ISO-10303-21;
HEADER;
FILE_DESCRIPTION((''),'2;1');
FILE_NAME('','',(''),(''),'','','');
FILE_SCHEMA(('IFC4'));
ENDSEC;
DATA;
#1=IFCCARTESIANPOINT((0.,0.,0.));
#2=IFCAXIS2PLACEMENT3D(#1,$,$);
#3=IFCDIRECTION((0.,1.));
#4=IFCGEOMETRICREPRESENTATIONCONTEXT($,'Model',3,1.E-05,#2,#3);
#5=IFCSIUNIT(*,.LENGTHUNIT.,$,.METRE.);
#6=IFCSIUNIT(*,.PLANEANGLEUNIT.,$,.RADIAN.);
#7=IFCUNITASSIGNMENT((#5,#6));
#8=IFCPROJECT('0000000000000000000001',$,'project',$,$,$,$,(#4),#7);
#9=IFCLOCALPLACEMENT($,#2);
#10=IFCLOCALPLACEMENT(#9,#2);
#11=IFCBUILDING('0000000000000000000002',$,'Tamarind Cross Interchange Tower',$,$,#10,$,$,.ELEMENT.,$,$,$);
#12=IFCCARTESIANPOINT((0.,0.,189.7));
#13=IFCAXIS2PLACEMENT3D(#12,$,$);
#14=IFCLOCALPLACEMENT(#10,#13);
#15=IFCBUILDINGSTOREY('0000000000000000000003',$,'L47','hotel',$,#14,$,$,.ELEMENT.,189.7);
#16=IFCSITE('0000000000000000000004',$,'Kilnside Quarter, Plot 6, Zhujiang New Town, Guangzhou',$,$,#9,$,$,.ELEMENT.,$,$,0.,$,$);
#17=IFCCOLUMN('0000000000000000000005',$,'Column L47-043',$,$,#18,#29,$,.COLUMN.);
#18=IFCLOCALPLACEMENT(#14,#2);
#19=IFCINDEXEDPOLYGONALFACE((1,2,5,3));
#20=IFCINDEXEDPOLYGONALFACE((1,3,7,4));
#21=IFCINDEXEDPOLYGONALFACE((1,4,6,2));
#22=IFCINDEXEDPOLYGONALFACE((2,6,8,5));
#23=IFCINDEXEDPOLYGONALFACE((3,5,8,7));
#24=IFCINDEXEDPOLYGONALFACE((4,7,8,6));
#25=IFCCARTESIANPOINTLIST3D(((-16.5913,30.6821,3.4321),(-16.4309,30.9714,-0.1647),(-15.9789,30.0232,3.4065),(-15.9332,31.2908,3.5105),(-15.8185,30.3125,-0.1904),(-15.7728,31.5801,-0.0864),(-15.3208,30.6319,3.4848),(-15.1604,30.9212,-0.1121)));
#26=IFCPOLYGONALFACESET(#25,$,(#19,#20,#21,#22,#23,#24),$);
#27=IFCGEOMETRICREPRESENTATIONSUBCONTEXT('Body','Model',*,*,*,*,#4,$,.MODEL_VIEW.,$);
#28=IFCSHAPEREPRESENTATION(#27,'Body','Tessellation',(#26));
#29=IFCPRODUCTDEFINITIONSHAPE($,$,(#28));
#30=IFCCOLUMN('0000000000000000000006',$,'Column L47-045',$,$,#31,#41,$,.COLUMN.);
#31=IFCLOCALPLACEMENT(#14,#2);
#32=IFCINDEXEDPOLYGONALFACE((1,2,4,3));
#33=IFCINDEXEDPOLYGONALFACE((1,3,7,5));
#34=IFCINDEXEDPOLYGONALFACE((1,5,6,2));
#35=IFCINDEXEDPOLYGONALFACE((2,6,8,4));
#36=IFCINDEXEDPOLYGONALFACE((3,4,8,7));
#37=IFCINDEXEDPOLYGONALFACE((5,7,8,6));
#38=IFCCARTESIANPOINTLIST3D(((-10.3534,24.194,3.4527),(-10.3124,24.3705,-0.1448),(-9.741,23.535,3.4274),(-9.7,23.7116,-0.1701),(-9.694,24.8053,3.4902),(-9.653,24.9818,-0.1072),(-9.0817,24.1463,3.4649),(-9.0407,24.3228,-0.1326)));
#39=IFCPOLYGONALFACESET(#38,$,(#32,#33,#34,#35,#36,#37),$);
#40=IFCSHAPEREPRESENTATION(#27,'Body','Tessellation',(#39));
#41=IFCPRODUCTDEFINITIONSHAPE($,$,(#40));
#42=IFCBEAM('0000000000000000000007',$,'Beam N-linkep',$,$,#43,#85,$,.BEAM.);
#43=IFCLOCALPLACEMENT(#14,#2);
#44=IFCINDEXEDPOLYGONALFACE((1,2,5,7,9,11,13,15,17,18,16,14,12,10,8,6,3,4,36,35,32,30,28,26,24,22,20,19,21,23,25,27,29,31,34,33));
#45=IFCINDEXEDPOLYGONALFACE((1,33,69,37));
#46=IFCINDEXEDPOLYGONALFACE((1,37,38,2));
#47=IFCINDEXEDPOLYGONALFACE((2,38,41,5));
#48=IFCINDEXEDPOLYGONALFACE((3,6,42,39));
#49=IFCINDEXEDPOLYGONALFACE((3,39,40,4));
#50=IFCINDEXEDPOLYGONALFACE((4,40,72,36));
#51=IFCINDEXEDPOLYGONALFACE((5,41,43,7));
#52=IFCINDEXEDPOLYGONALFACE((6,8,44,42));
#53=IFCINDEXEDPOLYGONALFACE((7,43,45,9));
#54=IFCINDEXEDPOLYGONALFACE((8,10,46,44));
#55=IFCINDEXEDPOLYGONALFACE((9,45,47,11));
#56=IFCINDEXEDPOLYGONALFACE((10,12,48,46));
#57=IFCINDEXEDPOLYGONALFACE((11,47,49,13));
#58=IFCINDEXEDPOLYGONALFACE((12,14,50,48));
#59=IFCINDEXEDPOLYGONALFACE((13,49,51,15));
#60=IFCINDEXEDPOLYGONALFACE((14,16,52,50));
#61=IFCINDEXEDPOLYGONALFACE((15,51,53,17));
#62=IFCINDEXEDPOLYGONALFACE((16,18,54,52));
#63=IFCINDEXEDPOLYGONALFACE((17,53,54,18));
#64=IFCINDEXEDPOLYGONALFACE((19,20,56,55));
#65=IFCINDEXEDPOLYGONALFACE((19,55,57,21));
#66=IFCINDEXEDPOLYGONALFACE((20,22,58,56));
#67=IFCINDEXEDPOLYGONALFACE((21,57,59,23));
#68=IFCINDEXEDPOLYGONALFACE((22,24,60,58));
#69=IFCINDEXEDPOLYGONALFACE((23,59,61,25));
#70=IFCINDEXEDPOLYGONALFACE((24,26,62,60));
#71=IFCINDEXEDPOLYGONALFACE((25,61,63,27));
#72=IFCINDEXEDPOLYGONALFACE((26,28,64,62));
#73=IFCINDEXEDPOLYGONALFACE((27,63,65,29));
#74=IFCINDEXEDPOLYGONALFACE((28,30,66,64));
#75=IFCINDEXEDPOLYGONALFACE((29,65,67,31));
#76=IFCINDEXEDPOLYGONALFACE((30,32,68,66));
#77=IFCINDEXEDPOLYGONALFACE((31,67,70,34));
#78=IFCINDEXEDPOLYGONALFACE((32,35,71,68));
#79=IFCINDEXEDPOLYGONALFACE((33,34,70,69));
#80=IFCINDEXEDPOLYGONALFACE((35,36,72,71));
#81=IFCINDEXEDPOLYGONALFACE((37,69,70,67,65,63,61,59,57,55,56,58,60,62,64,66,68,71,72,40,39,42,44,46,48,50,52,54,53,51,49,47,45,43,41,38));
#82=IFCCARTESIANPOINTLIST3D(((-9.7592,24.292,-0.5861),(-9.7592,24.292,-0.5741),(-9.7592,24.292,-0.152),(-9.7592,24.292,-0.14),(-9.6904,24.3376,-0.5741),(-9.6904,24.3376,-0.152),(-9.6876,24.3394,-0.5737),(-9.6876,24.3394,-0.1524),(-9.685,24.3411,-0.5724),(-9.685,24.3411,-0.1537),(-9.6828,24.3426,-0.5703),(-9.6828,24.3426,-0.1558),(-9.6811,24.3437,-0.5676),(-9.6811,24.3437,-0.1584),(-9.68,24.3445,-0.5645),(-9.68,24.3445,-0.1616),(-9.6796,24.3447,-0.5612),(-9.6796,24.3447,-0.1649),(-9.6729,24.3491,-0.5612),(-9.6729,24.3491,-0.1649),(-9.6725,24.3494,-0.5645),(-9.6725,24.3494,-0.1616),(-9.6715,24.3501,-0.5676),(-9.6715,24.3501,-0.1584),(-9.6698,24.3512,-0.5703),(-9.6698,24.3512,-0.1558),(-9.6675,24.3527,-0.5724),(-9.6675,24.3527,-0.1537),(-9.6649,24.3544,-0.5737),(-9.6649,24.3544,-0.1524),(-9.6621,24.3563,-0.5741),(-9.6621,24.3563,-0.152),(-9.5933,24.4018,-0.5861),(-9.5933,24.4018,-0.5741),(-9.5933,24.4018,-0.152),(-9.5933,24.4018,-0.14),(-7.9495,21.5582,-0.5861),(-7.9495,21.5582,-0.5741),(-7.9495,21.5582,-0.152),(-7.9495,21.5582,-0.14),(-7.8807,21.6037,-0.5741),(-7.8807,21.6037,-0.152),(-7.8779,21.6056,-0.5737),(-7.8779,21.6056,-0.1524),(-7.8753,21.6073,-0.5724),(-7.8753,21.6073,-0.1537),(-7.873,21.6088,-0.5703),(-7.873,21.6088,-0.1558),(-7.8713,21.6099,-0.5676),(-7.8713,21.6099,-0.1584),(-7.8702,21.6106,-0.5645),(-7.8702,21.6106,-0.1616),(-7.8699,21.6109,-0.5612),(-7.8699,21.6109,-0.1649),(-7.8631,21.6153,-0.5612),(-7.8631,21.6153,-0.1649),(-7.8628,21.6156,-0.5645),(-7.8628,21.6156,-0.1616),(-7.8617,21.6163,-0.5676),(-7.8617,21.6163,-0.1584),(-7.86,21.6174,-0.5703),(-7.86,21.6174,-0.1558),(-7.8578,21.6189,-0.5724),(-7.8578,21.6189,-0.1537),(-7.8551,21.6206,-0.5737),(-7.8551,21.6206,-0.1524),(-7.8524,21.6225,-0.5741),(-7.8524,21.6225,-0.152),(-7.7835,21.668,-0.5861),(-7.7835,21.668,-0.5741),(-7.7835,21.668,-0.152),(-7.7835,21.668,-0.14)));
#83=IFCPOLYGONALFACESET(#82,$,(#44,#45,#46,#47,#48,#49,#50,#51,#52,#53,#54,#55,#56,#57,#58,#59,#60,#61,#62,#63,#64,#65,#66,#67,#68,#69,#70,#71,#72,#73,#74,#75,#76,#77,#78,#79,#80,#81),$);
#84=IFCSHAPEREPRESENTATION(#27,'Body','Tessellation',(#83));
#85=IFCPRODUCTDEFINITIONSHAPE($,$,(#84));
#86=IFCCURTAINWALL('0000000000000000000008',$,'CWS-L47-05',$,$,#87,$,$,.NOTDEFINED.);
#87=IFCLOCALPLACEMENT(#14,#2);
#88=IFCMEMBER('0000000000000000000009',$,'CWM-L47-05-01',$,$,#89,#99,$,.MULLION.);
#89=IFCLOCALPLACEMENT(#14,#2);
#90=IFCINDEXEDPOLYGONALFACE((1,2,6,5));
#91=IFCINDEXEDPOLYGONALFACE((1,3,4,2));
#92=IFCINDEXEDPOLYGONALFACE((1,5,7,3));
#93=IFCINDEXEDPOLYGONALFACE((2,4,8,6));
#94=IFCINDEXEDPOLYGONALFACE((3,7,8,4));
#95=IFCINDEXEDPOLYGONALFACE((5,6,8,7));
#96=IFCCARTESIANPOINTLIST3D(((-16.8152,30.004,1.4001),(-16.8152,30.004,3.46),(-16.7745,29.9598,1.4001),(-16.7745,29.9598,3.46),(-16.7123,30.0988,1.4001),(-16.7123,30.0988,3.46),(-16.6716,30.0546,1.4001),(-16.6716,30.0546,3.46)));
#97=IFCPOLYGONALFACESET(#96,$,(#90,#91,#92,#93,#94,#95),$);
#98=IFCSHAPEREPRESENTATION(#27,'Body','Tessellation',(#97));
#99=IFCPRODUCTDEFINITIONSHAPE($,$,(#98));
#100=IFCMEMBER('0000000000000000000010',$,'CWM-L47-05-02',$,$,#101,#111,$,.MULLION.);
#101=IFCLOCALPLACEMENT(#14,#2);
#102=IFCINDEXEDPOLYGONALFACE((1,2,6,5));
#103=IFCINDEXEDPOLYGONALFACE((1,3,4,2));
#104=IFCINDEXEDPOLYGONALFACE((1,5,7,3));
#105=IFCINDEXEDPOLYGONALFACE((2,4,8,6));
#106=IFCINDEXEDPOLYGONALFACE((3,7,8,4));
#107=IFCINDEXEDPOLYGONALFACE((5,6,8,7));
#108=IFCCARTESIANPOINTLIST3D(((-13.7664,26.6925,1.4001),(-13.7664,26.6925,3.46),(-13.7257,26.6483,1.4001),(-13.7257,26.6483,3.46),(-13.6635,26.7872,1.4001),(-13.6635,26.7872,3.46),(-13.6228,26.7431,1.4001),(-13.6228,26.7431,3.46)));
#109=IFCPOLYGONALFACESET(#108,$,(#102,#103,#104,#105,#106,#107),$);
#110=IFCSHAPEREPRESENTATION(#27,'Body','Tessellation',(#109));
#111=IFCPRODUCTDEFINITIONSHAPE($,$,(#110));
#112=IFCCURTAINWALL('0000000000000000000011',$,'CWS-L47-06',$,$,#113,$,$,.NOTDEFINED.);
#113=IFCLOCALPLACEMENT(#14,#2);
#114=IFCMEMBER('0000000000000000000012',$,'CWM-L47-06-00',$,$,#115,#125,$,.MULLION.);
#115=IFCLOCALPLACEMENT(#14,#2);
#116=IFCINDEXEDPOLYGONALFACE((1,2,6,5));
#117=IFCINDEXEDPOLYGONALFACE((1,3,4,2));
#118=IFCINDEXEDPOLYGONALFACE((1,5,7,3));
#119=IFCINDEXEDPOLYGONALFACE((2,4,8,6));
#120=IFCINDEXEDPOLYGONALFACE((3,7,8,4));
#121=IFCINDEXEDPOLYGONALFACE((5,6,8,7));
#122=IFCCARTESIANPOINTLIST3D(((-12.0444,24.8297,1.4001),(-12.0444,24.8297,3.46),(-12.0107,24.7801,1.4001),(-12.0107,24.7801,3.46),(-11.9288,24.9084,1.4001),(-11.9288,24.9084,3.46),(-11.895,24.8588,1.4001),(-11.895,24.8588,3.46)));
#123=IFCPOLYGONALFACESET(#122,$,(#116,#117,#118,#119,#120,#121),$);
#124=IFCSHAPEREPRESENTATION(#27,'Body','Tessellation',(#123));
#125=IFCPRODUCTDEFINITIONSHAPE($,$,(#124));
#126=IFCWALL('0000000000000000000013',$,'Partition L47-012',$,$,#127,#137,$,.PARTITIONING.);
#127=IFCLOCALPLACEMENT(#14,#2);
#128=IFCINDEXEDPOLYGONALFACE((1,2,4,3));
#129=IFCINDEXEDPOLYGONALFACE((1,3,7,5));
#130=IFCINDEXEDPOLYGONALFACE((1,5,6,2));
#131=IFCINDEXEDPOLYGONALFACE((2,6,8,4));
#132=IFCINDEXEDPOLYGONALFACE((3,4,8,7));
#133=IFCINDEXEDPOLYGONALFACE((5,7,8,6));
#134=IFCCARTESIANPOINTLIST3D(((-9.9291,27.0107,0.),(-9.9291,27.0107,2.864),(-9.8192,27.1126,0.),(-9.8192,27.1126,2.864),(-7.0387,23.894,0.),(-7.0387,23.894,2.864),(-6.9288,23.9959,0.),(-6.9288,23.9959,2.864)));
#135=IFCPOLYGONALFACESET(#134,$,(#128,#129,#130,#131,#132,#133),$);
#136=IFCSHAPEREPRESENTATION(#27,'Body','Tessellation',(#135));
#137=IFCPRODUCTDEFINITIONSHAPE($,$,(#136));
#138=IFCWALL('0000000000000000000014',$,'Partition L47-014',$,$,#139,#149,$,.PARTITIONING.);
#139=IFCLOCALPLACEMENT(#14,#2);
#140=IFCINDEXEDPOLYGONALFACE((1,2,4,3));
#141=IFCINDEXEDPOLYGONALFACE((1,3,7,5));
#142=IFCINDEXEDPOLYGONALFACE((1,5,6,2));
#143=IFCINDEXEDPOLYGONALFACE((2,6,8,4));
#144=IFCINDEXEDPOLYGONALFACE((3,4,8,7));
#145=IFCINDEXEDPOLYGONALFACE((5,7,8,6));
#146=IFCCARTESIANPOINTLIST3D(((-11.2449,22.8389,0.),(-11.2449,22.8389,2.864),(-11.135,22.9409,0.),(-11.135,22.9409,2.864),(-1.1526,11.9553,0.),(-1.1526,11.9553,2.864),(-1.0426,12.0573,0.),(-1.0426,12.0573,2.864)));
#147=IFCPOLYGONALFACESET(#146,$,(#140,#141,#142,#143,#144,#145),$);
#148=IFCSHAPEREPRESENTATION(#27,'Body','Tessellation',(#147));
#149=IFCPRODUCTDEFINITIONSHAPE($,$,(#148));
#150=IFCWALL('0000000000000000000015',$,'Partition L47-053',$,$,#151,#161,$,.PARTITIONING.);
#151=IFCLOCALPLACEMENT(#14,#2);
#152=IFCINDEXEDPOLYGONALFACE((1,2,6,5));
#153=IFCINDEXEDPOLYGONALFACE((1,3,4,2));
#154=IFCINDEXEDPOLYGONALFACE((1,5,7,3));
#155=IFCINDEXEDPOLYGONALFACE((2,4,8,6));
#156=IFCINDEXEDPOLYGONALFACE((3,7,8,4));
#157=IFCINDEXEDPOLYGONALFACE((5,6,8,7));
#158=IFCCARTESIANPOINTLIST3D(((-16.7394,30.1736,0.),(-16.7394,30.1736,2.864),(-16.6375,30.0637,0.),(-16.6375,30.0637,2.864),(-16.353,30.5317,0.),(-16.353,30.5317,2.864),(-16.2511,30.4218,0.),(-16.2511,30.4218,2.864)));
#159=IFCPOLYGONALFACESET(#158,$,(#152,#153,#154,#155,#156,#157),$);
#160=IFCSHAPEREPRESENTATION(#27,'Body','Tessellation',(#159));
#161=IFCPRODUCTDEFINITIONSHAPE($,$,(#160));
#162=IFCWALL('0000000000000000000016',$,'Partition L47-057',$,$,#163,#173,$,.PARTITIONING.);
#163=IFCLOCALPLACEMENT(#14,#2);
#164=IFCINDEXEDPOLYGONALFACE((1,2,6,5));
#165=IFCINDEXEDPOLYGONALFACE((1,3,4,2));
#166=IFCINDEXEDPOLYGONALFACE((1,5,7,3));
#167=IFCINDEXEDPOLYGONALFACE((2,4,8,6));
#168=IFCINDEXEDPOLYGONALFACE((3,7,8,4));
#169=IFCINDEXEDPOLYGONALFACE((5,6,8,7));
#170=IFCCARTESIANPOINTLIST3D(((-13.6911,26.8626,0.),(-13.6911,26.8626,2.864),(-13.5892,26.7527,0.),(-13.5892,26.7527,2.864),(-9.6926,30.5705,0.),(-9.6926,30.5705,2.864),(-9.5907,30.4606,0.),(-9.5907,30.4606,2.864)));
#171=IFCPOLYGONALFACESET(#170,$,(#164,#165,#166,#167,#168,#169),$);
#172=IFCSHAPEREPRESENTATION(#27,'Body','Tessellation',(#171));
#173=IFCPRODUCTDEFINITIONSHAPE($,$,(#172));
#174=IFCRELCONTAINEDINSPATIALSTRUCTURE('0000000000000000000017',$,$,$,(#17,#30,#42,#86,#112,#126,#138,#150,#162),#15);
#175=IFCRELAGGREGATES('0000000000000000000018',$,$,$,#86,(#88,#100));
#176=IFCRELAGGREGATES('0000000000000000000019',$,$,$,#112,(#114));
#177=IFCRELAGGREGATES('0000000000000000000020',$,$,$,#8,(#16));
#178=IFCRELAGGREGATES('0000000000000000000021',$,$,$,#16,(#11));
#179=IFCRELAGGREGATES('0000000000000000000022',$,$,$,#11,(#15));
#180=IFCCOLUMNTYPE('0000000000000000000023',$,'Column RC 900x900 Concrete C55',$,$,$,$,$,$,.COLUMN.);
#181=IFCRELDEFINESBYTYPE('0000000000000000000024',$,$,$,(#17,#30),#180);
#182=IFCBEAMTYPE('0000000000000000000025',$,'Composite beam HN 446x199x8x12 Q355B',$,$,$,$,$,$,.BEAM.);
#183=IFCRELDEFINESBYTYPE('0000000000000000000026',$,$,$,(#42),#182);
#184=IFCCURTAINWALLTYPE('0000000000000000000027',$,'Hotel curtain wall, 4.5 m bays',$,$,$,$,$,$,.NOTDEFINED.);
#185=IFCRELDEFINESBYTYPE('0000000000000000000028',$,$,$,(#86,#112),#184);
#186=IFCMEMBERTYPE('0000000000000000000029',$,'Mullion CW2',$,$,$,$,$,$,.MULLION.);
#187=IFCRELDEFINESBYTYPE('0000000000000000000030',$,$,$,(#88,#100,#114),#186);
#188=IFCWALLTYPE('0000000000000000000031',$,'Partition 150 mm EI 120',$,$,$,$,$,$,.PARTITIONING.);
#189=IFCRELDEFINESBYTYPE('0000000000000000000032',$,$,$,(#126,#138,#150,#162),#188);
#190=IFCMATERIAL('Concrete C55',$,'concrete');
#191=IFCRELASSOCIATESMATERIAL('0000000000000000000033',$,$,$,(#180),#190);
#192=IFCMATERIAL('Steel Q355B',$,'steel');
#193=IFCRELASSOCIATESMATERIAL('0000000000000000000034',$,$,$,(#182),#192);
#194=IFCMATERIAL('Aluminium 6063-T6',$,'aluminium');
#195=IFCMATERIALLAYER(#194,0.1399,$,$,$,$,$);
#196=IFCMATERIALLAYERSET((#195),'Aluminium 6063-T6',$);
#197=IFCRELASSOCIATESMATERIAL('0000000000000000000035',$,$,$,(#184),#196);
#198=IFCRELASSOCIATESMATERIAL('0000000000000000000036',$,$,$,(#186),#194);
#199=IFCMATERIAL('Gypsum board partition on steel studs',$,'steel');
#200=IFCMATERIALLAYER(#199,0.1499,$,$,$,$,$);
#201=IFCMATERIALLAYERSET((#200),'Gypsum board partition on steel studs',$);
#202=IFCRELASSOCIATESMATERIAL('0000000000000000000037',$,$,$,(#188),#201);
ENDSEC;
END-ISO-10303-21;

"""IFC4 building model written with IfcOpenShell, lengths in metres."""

from ifc_helpers import new_model, si_unit, direction, frame, frame_2d, origin, origin_2d, place, context, subcontext, project, spatial, rectangle, i_section, extrude, material, layer, layer_set, material_profile, profile_set, type_object, element, aggregate, save


model = new_model("IFC4")

# Units and contexts
model_context = context("Model", 3, precision=1e-05, world=origin(), true_north=direction((0.0, 1.0)))
body_context = subcontext(model_context, "Body", "Model", "MODEL_VIEW")
ifc_project = project(units=[si_unit("LENGTHUNIT", "METRE"), si_unit("PLANEANGLEUNIT", "RADIAN")], contexts=[model_context])

# Site, building, storey
site_placement = place(None, origin())
site = spatial("IfcSite", under=ifc_project, at=site_placement, Name="Kilnside Quarter, Plot 6, Zhujiang New Town, Guangzhou", CompositionType="ELEMENT", RefElevation=0.0)
building_placement = place(site_placement, origin())
building = spatial("IfcBuilding", under=site, at=building_placement, Name="Tamarind Cross Interchange Tower", CompositionType="ELEMENT")
storey_placement = place(building_placement, frame((0.0, 0.0, 189.7)))
storey = spatial("IfcBuildingStorey", under=building, at=storey_placement, Name="L47", Description="hotel", CompositionType="ELEMENT", Elevation=189.7)

# Columns
ifc_material_1 = material(Name="Concrete C55", Category="concrete")
ifc_material_profile_1 = material_profile(ifc_material_1, rectangle(XDim=0.8999, YDim=0.8999, at=origin_2d()), Name="RC 900x900")
ifc_profile_set_1 = profile_set([ifc_material_profile_1], Name="Concrete C55")
column_type = type_object("IfcColumnType", Name="Column RC 900x900 Concrete C55", PredefinedType="COLUMN", material=ifc_profile_set_1)
column_1_placement = place(storey_placement, frame((-15.7957, 30.9463, -0.1384), z_axis=(-0.044406, -0.080094, 0.995798), x_axis=(0.731369, 0.676408, 0.087019)))
element("IfcColumn", 1, at=column_1_placement, inside=storey, type_object=column_type, Name="Column L47-043", PredefinedType="COLUMN", context=body_context, shape_type="SweptSolid", body=[
    extrude(rectangle(XDim=0.8999, YDim=0.8999, at=origin_2d()), origin(), (0.0, 0.0, 1.0), 3.6121),
])
column_2_placement = place(storey_placement, frame((-9.6765, 24.3467, -0.1387), z_axis=(-0.011387, -0.049005, 0.998734), x_axis=(0.732712, 0.679261, 0.041683)))
element("IfcColumn", 2, at=column_2_placement, inside=storey, type_object=column_type, Name="Column L47-045", PredefinedType="COLUMN", context=body_context, shape_type="SweptSolid", body=[
    extrude(rectangle(XDim=0.8999, YDim=0.8999, at=origin_2d()), origin(), (0.0, 0.0, 1.0), 3.6021),
])

# Beam
ifc_material_2 = material(Name="Steel Q355B", Category="steel")
ifc_material_profile_2 = material_profile(ifc_material_2, i_section(OverallWidth=0.199, OverallDepth=0.446, WebThickness=0.0081, FlangeThickness=0.012, FilletRadius=0.0129, at=origin_2d()), Name="HN 446x199x8x12")
ifc_profile_set_2 = profile_set([ifc_material_profile_2], Name="Steel Q355B")
beam_type = type_object("IfcBeamType", Name="Composite beam HN 446x199x8x12 Q355B", PredefinedType="BEAM", material=ifc_profile_set_2)
beam_placement = place(storey_placement, frame((-9.6763, 24.3469, -0.363), z_axis=(0.551999, -0.833845, 0.0), x_axis=(0.833845, 0.551999, 0.0)))
element("IfcBeam", 3, at=beam_placement, inside=storey, type_object=beam_type, Name="Beam N-linkep", PredefinedType="BEAM", context=body_context, shape_type="SweptSolid", body=[
    extrude(i_section(OverallWidth=0.199, OverallDepth=0.446, WebThickness=0.0081, FlangeThickness=0.012, FilletRadius=0.0129, at=origin_2d()), origin(), (0.0, 0.0, 1.0), 3.2786),
])

# Curtain wall, members
ifc_material_3 = material(Name="Aluminium 6063-T6", Category="aluminium")
ifc_layer_1 = layer(ifc_material_3, 0.1399)
ifc_layer_set_1 = layer_set([ifc_layer_1], Name="Aluminium 6063-T6")
curtain_wall_type = type_object("IfcCurtainWallType", Name="Hotel curtain wall, 4.5 m bays", PredefinedType="NOTDEFINED", material=ifc_layer_set_1)
curtain_wall_1_placement = place(storey_placement, origin())
curtain_wall_1 = element("IfcCurtainWall", 4, at=curtain_wall_1_placement, inside=storey, type_object=curtain_wall_type, Name="CWS-L47-05", PredefinedType="NOTDEFINED")
ifc_material_profile_3 = material_profile(ifc_material_3, rectangle(XDim=0.0601, YDim=0.1399, at=origin_2d()), Name="Mullion CW2")
ifc_profile_set_3 = profile_set([ifc_material_profile_3], Name="Aluminium 6063-T6")
member_type = type_object("IfcMemberType", Name="Mullion CW2", PredefinedType="MULLION", material=ifc_profile_set_3)
member_1_placement = place(storey_placement, frame((-16.7434, 30.0293, 1.4001), z_axis=(0.0, 0.0, 1.0), x_axis=(0.67731, -0.735697, 0.0)))
member_1 = element("IfcMember", 5, at=member_1_placement, type_object=member_type, Name="CWM-L47-05-01", PredefinedType="MULLION", context=body_context, shape_type="SweptSolid", body=[
    extrude(rectangle(XDim=0.0601, YDim=0.1399, at=origin_2d()), origin(), (0.0, 0.0, 1.0), 2.0598),
])
member_2_placement = place(storey_placement, frame((-13.6946, 26.7178, 1.4001), z_axis=(0.0, 0.0, 1.0), x_axis=(0.67731, -0.735697, 0.0)))
member_2 = element("IfcMember", 6, at=member_2_placement, type_object=member_type, Name="CWM-L47-05-02", PredefinedType="MULLION", context=body_context, shape_type="SweptSolid", body=[
    extrude(rectangle(XDim=0.0601, YDim=0.1399, at=origin_2d()), origin(), (0.0, 0.0, 1.0), 2.0598),
])
aggregate(curtain_wall_1, [member_1, member_2])

# Curtain wall, member
curtain_wall_2_placement = place(storey_placement, origin())
curtain_wall_2 = element("IfcCurtainWall", 7, at=curtain_wall_2_placement, inside=storey, type_object=curtain_wall_type, Name="CWS-L47-06", PredefinedType="NOTDEFINED")
member_3_placement = place(storey_placement, frame((-11.9697, 24.8442, 1.4001), z_axis=(0.0, 0.0, 1.0), x_axis=(0.562536, -0.826773, 0.0)))
member_3 = element("IfcMember", 8, at=member_3_placement, type_object=member_type, Name="CWM-L47-06-00", PredefinedType="MULLION", context=body_context, shape_type="SweptSolid", body=[
    extrude(rectangle(XDim=0.0601, YDim=0.1399, at=origin_2d()), origin(), (0.0, 0.0, 1.0), 2.0598),
])
aggregate(curtain_wall_2, [member_3])

# Walls
ifc_material_4 = material(Name="Gypsum board partition on steel studs", Category="steel")
ifc_layer_2 = layer(ifc_material_4, 0.1499)
ifc_layer_set_2 = layer_set([ifc_layer_2], Name="Gypsum board partition on steel studs")
wall_type = type_object("IfcWallType", Name="Partition 150 mm EI 120", PredefinedType="PARTITIONING", material=ifc_layer_set_2)
wall_1_placement = place(storey_placement, frame((-9.8743, 27.0618, 0.0), z_axis=(0.0, 0.0, 1.0), x_axis=(0.679984, -0.733227, 0.0)))
element("IfcWall", 9, at=wall_1_placement, inside=storey, type_object=wall_type, Name="Partition L47-012", PredefinedType="PARTITIONING", context=body_context, shape_type="SweptSolid", body=[
    extrude(rectangle(XDim=4.2507, YDim=0.1499, at=frame_2d((2.1255, 0.0))), origin(), (0.0, 0.0, 1.0), 2.864),
])
wall_2_placement = place(storey_placement, frame((-11.1899, 22.8899, 0.0), z_axis=(0.0, 0.0, 1.0), x_axis=(0.679949, -0.733259, 0.0)))
element("IfcWall", 10, at=wall_2_placement, inside=storey, type_object=wall_type, Name="Partition L47-014", PredefinedType="PARTITIONING", context=body_context, shape_type="SweptSolid", body=[
    extrude(rectangle(XDim=14.8428, YDim=0.1499, at=frame_2d((7.4214, 0.0))), origin(), (0.0, 0.0, 1.0), 2.864),
])
wall_3_placement = place(storey_placement, frame((-16.6885, 30.1187, 0.0), z_axis=(0.0, 0.0, 1.0), x_axis=(0.73347, 0.679722, 0.0)))
element("IfcWall", 11, at=wall_3_placement, inside=storey, type_object=wall_type, Name="Partition L47-053", PredefinedType="PARTITIONING", context=body_context, shape_type="SweptSolid", body=[
    extrude(rectangle(XDim=0.5269, YDim=0.1499, at=frame_2d((0.2634, 0.0))), origin(), (0.0, 0.0, 1.0), 2.864),
])
wall_4_placement = place(storey_placement, frame((-13.6401, 26.8076, 0.0), z_axis=(0.0, 0.0, 1.0), x_axis=(0.733243, 0.679967, 0.0)))
element("IfcWall", 12, at=wall_4_placement, inside=storey, type_object=wall_type, Name="Partition L47-057", PredefinedType="PARTITIONING", context=body_context, shape_type="SweptSolid", body=[
    extrude(rectangle(XDim=5.4531, YDim=0.1499, at=frame_2d((2.7266, 0.0))), origin(), (0.0, 0.0, 1.0), 2.864),
])

save(model, "model.ifc")
